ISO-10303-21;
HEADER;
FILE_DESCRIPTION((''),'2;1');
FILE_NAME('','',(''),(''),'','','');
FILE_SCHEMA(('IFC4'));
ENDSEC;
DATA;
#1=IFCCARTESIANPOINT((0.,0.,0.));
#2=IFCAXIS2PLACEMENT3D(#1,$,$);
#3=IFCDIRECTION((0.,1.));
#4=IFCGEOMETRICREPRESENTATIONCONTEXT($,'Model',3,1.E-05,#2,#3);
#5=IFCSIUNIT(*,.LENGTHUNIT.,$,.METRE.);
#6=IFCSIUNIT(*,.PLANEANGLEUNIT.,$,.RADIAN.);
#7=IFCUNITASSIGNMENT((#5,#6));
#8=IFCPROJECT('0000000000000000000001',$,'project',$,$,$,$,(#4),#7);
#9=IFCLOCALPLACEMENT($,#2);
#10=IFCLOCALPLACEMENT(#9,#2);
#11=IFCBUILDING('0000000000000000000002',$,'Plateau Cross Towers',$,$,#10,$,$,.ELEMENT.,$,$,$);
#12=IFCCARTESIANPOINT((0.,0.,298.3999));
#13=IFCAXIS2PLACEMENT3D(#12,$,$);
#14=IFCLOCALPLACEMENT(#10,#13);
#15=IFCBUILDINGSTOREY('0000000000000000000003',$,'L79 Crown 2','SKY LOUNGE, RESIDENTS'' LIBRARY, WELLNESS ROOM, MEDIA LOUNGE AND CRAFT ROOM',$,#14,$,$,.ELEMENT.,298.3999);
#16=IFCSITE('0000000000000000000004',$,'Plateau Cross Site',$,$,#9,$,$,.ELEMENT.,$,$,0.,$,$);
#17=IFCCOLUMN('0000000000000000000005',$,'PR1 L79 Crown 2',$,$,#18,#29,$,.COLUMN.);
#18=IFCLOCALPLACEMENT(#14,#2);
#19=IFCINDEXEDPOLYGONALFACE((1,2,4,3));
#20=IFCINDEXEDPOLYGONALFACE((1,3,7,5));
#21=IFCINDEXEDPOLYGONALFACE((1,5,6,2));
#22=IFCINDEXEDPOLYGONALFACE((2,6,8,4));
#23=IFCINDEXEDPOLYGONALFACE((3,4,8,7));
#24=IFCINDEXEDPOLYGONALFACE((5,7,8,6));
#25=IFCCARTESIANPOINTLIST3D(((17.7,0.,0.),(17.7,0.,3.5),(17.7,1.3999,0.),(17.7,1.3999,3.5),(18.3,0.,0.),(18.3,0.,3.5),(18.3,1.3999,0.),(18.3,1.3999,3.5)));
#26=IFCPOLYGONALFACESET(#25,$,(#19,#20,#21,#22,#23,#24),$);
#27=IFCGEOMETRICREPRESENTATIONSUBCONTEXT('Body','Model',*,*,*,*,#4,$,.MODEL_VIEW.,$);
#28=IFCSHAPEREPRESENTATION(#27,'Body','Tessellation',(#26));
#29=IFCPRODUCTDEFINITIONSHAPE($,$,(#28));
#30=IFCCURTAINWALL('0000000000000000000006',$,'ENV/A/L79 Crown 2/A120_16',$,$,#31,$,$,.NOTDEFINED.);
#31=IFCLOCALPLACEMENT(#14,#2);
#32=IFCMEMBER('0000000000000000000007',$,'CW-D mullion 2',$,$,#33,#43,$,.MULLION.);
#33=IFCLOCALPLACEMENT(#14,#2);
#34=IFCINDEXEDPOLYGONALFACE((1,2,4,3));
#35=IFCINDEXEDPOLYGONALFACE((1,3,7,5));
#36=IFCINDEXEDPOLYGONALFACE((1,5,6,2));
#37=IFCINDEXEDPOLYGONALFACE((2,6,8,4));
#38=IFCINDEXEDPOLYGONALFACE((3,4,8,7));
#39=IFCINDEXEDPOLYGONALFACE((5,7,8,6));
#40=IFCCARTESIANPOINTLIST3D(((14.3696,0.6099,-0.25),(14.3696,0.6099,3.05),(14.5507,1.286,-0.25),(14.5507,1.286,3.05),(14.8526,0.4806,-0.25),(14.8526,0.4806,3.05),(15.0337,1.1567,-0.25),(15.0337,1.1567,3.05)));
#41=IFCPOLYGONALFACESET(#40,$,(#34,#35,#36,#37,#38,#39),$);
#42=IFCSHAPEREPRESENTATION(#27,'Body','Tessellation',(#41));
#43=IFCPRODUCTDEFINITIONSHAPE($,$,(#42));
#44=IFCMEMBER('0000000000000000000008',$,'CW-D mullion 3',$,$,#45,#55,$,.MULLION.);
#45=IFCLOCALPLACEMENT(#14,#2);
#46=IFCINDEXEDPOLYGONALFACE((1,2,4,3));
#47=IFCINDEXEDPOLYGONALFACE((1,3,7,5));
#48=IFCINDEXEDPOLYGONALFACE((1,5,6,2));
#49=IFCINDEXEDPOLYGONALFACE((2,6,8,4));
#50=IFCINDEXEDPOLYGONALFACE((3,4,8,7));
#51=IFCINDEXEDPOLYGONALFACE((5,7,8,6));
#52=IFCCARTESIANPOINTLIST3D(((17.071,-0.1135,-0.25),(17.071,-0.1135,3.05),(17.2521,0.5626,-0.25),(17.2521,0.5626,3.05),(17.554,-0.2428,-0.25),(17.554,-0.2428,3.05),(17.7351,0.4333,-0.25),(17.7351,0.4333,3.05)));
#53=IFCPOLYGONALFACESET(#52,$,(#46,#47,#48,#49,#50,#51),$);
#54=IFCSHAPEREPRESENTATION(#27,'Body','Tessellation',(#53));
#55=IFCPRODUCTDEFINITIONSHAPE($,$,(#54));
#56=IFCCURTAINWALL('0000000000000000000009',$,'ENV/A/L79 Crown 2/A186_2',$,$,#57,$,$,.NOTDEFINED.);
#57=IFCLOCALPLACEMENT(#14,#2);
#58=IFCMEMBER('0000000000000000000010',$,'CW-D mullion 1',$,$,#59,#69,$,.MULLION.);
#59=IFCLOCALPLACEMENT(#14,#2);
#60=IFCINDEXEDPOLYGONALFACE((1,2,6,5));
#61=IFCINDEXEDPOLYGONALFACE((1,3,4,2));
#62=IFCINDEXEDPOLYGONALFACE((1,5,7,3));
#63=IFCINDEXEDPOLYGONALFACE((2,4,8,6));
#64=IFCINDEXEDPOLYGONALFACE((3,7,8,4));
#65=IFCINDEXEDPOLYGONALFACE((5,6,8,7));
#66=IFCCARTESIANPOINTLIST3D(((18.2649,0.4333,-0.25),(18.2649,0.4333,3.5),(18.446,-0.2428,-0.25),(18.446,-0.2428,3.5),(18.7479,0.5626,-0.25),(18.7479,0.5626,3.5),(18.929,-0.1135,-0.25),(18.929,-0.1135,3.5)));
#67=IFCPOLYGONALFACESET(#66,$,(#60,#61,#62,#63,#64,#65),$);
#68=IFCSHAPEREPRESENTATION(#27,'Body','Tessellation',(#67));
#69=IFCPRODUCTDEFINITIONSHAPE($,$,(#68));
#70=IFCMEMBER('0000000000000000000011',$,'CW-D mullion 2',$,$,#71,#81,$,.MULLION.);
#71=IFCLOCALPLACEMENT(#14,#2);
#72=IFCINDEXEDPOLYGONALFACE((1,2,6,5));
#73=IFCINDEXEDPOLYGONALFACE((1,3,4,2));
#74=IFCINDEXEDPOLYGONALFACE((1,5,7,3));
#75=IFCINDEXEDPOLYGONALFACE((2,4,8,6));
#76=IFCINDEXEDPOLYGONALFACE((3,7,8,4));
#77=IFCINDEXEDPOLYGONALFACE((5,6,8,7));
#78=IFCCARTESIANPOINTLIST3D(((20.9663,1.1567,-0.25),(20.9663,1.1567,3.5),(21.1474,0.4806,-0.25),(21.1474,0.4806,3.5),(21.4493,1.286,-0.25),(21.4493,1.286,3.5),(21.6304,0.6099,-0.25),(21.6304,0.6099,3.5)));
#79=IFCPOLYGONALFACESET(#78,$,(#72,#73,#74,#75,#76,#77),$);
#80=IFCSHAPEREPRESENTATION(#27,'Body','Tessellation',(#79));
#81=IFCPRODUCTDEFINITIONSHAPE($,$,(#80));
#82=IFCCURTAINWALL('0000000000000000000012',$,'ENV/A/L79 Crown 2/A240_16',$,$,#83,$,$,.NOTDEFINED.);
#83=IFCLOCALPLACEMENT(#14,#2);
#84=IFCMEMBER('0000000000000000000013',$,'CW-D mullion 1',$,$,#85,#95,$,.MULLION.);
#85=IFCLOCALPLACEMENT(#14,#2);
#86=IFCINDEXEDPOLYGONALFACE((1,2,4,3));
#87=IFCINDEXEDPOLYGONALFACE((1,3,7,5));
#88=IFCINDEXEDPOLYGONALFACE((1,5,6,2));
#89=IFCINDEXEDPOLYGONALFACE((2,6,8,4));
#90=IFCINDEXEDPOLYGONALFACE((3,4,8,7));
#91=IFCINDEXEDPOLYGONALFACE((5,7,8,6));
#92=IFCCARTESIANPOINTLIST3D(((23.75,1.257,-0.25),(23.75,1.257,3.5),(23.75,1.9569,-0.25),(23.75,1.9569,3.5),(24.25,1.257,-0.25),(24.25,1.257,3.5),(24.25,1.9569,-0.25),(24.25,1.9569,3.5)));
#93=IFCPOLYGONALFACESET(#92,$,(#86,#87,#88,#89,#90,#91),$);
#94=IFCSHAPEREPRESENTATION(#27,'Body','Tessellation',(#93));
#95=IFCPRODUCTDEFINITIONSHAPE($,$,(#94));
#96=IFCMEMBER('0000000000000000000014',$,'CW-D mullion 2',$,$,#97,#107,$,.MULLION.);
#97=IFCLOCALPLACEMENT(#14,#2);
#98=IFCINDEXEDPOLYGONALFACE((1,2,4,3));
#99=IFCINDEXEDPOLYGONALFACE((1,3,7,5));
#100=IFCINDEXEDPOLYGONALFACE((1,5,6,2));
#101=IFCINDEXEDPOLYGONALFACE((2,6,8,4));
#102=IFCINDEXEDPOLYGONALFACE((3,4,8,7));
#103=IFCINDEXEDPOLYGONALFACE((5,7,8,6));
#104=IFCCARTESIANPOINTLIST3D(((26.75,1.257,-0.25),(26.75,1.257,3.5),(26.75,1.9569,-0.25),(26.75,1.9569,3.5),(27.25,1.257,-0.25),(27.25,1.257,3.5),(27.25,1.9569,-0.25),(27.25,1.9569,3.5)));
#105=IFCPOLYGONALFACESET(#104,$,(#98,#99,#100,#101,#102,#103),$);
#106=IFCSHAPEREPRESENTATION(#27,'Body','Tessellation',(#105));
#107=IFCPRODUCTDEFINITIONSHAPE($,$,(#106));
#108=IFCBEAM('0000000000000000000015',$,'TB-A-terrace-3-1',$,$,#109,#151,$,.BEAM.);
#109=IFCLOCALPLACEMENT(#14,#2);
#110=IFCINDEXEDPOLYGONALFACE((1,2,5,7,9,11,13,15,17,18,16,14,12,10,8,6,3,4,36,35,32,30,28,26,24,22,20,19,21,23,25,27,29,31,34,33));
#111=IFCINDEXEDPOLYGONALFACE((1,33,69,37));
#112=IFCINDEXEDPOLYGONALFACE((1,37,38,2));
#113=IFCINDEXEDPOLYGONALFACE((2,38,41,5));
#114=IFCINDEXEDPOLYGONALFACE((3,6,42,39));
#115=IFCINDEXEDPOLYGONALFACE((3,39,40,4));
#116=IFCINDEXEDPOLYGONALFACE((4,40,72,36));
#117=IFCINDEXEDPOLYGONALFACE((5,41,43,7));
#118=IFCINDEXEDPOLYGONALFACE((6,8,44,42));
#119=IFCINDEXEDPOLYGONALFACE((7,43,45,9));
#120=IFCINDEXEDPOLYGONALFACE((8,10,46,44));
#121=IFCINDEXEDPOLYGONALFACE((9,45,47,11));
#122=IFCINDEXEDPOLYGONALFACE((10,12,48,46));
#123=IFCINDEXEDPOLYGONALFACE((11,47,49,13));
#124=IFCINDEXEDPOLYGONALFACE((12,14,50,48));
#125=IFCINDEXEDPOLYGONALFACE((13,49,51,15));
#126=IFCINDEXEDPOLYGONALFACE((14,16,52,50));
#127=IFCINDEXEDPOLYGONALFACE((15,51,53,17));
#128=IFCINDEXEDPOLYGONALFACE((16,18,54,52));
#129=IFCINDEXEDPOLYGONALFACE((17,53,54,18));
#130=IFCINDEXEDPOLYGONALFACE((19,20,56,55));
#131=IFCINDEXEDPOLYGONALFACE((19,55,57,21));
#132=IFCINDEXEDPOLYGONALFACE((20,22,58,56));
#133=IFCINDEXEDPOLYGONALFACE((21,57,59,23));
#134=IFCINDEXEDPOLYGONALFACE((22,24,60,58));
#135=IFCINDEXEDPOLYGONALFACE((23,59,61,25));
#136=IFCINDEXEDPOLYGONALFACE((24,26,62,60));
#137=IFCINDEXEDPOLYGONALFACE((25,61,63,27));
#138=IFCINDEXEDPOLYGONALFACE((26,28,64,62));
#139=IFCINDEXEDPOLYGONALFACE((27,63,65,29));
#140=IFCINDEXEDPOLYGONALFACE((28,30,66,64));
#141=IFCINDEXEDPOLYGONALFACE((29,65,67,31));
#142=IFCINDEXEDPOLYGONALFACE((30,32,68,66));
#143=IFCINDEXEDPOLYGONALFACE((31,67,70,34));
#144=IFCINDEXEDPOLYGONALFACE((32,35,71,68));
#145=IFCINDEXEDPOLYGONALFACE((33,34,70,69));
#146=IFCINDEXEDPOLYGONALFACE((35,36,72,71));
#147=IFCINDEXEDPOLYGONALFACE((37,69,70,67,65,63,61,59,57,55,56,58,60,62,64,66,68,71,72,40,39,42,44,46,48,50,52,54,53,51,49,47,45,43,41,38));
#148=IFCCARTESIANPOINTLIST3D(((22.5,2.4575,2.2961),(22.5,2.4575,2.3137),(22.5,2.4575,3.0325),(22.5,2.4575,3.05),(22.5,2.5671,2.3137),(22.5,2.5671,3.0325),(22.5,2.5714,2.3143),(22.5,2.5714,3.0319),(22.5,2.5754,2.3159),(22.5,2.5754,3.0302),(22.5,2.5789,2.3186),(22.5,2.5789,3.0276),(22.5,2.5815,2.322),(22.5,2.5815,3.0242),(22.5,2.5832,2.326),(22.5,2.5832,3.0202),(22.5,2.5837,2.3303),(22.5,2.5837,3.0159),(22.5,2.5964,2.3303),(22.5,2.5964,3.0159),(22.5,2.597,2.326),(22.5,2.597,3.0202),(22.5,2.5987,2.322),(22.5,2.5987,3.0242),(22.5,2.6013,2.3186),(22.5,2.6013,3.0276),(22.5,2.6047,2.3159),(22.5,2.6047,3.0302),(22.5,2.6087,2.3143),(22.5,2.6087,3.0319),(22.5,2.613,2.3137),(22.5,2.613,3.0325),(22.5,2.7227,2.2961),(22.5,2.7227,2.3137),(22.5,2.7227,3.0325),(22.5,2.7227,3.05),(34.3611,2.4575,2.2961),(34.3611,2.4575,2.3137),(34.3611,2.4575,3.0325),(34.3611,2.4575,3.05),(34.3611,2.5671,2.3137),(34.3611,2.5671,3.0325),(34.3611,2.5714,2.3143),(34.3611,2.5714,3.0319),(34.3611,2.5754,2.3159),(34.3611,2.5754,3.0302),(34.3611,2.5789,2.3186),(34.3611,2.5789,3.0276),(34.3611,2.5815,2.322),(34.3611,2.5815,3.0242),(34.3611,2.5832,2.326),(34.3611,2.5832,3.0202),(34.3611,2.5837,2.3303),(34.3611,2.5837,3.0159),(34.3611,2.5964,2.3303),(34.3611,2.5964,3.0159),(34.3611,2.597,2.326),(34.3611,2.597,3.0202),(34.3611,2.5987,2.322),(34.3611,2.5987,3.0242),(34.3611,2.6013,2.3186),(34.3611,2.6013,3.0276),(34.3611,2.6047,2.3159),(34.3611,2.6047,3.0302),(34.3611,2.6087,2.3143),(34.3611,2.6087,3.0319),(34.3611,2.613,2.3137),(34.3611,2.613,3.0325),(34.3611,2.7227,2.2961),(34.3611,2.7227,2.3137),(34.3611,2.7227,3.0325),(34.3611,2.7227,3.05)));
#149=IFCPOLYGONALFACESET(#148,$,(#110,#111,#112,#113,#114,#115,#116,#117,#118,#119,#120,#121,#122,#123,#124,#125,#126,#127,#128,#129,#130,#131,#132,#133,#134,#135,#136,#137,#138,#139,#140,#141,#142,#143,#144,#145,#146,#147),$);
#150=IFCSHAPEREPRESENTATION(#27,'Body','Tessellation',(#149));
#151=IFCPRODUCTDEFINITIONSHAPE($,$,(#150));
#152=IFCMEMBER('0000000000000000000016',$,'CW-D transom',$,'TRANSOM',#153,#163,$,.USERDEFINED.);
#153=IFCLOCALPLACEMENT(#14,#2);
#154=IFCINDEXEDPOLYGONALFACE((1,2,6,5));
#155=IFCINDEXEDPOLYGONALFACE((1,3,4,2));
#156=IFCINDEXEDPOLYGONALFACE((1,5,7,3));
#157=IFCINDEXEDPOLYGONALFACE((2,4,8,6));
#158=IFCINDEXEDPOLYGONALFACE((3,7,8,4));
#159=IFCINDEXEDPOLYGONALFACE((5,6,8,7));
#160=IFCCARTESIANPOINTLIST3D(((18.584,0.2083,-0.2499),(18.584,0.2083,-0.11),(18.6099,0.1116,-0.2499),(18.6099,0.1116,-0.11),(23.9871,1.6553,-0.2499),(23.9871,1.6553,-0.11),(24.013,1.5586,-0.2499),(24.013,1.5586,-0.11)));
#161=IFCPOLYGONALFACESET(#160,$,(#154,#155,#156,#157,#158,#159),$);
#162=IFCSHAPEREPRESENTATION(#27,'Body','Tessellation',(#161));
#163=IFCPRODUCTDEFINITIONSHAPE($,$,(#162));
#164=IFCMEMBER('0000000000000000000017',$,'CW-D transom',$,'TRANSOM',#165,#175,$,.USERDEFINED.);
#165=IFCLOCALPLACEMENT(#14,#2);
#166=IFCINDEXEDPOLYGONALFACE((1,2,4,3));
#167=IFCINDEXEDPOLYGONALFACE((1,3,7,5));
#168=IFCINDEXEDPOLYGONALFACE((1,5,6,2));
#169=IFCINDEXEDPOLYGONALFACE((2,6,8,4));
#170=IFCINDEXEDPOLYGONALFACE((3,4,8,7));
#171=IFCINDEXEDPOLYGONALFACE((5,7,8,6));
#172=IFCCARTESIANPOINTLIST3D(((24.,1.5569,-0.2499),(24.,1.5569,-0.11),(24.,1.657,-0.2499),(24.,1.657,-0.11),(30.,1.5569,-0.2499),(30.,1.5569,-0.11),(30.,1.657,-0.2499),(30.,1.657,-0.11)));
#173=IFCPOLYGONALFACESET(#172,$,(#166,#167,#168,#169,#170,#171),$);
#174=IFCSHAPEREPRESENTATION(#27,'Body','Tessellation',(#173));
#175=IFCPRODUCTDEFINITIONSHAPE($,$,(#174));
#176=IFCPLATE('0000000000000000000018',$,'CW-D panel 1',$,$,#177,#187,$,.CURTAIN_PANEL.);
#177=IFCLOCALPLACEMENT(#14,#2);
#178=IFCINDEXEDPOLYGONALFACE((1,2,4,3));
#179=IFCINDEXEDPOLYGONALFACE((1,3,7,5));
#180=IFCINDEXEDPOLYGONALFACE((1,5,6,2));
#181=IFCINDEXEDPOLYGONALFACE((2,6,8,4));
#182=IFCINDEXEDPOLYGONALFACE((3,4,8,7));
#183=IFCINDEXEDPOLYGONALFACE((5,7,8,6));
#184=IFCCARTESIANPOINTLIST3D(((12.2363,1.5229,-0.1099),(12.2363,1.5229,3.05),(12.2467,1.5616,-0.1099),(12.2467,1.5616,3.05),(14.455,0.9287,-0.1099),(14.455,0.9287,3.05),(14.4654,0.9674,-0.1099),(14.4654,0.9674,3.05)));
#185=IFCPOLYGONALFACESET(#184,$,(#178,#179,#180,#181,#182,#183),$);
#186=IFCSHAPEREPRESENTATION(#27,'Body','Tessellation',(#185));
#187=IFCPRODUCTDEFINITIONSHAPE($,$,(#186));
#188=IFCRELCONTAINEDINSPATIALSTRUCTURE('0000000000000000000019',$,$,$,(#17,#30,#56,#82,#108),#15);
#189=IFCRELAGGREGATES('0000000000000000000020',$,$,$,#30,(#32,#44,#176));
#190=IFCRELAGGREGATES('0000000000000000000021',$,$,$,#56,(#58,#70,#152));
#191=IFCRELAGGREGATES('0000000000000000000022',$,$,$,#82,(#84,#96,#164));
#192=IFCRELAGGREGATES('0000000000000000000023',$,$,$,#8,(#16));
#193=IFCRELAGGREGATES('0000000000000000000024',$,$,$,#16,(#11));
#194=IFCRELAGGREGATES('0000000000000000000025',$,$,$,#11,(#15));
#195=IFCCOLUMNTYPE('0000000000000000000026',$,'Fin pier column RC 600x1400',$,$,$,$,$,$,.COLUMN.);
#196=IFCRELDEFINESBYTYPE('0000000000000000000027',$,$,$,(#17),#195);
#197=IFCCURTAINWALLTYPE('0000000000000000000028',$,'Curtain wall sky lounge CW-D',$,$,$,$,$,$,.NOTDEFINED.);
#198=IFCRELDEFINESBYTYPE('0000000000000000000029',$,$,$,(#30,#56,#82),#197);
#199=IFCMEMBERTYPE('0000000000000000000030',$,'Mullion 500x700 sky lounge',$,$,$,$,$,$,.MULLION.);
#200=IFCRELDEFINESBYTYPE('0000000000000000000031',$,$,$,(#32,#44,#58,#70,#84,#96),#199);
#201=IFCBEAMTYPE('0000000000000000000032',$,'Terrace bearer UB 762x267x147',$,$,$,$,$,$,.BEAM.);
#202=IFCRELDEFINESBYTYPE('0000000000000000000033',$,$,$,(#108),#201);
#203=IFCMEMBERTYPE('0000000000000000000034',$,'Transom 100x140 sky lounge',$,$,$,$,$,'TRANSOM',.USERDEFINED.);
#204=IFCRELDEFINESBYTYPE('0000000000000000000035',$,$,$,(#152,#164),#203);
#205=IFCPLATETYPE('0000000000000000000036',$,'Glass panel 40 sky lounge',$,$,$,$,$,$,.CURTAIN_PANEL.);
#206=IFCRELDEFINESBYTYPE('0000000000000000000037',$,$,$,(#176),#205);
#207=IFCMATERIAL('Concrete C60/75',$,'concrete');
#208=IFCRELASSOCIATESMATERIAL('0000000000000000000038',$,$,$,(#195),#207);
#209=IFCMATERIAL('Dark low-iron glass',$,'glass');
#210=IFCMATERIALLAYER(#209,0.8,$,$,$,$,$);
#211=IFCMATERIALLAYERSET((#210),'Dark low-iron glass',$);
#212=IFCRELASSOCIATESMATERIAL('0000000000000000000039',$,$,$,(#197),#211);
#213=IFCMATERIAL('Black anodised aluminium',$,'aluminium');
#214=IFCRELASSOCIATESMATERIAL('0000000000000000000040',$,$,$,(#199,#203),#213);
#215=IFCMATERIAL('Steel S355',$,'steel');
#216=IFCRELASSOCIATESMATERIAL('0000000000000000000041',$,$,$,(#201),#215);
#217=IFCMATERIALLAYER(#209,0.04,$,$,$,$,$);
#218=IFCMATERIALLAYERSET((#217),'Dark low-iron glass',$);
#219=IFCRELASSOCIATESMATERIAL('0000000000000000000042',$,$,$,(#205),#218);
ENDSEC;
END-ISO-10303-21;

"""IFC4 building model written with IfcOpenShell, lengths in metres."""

from ifc_helpers import new_model, si_unit, direction, frame, origin, origin_2d, place, context, subcontext, project, spatial, rectangle, i_section, extrude, material, layer, layer_set, material_profile, profile_set, type_object, element, aggregate, save


model = new_model("IFC4")

# Units and contexts
model_context = context("Model", 3, precision=1e-05, world=origin(), true_north=direction((0.0, 1.0)))
body_context = subcontext(model_context, "Body", "Model", "MODEL_VIEW")
ifc_project = project(units=[si_unit("LENGTHUNIT", "METRE"), si_unit("PLANEANGLEUNIT", "RADIAN")], contexts=[model_context])

# Site, building, storey
site_placement = place(None, origin())
site = spatial("IfcSite", under=ifc_project, at=site_placement, Name="Plateau Cross Site", CompositionType="ELEMENT", RefElevation=0.0)
building_placement = place(site_placement, origin())
building = spatial("IfcBuilding", under=site, at=building_placement, Name="Plateau Cross Towers", CompositionType="ELEMENT")
storey_placement = place(building_placement, frame((0.0, 0.0, 298.3999)))
storey = spatial("IfcBuildingStorey", under=building, at=storey_placement, Name="L79 Crown 2", Description="SKY LOUNGE, RESIDENTS' LIBRARY, WELLNESS ROOM, MEDIA LOUNGE AND CRAFT ROOM", CompositionType="ELEMENT", Elevation=298.3999)

# Column
ifc_material_1 = material(Name="Concrete C60/75", Category="concrete")
ifc_material_profile_1 = material_profile(ifc_material_1, rectangle(XDim=0.6001, YDim=1.3999, at=origin_2d()), Name="RC 600x1400")
ifc_profile_set_1 = profile_set([ifc_material_profile_1], Name="Concrete C60/75")
column_type = type_object("IfcColumnType", Name="Fin pier column RC 600x1400", PredefinedType="COLUMN", material=ifc_profile_set_1)
column_placement = place(storey_placement, frame((18.0, 0.7, 0.0), z_axis=(0.0, 0.0, 1.0), x_axis=(1.0, 0.0, 0.0)))
element("IfcColumn", 1, at=column_placement, inside=storey, type_object=column_type, Name="PR1 L79 Crown 2", PredefinedType="COLUMN", context=body_context, shape_type="SweptSolid", body=[
    extrude(rectangle(XDim=0.6001, YDim=1.3999, at=origin_2d()), origin(), (0.0, 0.0, 1.0), 3.5),
])

# Curtain walls, members
ifc_material_2 = material(Name="Dark low-iron glass", Category="glass")
ifc_layer_1 = layer(ifc_material_2, 0.8)
ifc_layer_set_1 = layer_set([ifc_layer_1], Name="Dark low-iron glass")
curtain_wall_type = type_object("IfcCurtainWallType", Name="Curtain wall sky lounge CW-D", PredefinedType="NOTDEFINED", material=ifc_layer_set_1)
curtain_wall_1_placement = place(storey_placement, origin())
curtain_wall_1 = element("IfcCurtainWall", 2, at=curtain_wall_1_placement, inside=storey, type_object=curtain_wall_type, Name="ENV/A/L79 Crown 2/A120_16", PredefinedType="NOTDEFINED")
ifc_material_3 = material(Name="Black anodised aluminium", Category="aluminium")
ifc_material_profile_2 = material_profile(ifc_material_3, rectangle(XDim=0.5, YDim=0.7, at=origin_2d()), Name="MULLION 500x700")
ifc_profile_set_2 = profile_set([ifc_material_profile_2], Name="Black anodised aluminium")
member_type_1 = type_object("IfcMemberType", Name="Mullion 500x700 sky lounge", PredefinedType="MULLION", material=ifc_profile_set_2)
member_1_placement = place(storey_placement, frame((14.7017, 0.8833, -0.25), z_axis=(0.0, 0.0, 1.0), x_axis=(0.965958, -0.258699, 0.0)))
member_1 = element("IfcMember", 3, at=member_1_placement, type_object=member_type_1, Name="CW-D mullion 2", PredefinedType="MULLION", context=body_context, shape_type="SweptSolid", body=[
    extrude(rectangle(XDim=0.5, YDim=0.7, at=origin_2d()), origin(), (0.0, 0.0, 1.0), 3.3),
])
member_2_placement = place(storey_placement, frame((17.4031, 0.1599, -0.25), z_axis=(0.0, 0.0, 1.0), x_axis=(0.965958, -0.258699, 0.0)))
member_2 = element("IfcMember", 4, at=member_2_placement, type_object=member_type_1, Name="CW-D mullion 3", PredefinedType="MULLION", context=body_context, shape_type="SweptSolid", body=[
    extrude(rectangle(XDim=0.5, YDim=0.7, at=origin_2d()), origin(), (0.0, 0.0, 1.0), 3.3),
])
curtain_wall_2_placement = place(storey_placement, origin())
curtain_wall_2 = element("IfcCurtainWall", 5, at=curtain_wall_2_placement, inside=storey, type_object=curtain_wall_type, Name="ENV/A/L79 Crown 2/A186_2", PredefinedType="NOTDEFINED")
member_3_placement = place(storey_placement, frame((18.5969, 0.1599, -0.25), z_axis=(0.0, 0.0, 1.0), x_axis=(0.965958, 0.258699, 0.0)))
member_3 = element("IfcMember", 6, at=member_3_placement, type_object=member_type_1, Name="CW-D mullion 1", PredefinedType="MULLION", context=body_context, shape_type="SweptSolid", body=[
    extrude(rectangle(XDim=0.5, YDim=0.7, at=origin_2d()), origin(), (0.0, 0.0, 1.0), 3.75),
])
member_4_placement = place(storey_placement, frame((21.2983, 0.8833, -0.25), z_axis=(0.0, 0.0, 1.0), x_axis=(0.965958, 0.258699, 0.0)))
member_4 = element("IfcMember", 7, at=member_4_placement, type_object=member_type_1, Name="CW-D mullion 2", PredefinedType="MULLION", context=body_context, shape_type="SweptSolid", body=[
    extrude(rectangle(XDim=0.5, YDim=0.7, at=origin_2d()), origin(), (0.0, 0.0, 1.0), 3.75),
])
curtain_wall_3_placement = place(storey_placement, origin())
curtain_wall_3 = element("IfcCurtainWall", 8, at=curtain_wall_3_placement, inside=storey, type_object=curtain_wall_type, Name="ENV/A/L79 Crown 2/A240_16", PredefinedType="NOTDEFINED")
member_5_placement = place(storey_placement, frame((24.0, 1.6069, -0.25), z_axis=(0.0, 0.0, 1.0), x_axis=(1.0, 0.0, 0.0)))
member_5 = element("IfcMember", 9, at=member_5_placement, type_object=member_type_1, Name="CW-D mullion 1", PredefinedType="MULLION", context=body_context, shape_type="SweptSolid", body=[
    extrude(rectangle(XDim=0.5, YDim=0.7, at=origin_2d()), origin(), (0.0, 0.0, 1.0), 3.75),
])
member_6_placement = place(storey_placement, frame((27.0, 1.6069, -0.25), z_axis=(0.0, 0.0, 1.0), x_axis=(1.0, 0.0, 0.0)))
member_6 = element("IfcMember", 10, at=member_6_placement, type_object=member_type_1, Name="CW-D mullion 2", PredefinedType="MULLION", context=body_context, shape_type="SweptSolid", body=[
    extrude(rectangle(XDim=0.5, YDim=0.7, at=origin_2d()), origin(), (0.0, 0.0, 1.0), 3.75),
])

# Beam
ifc_material_4 = material(Name="Steel S355", Category="steel")
ifc_material_profile_3 = material_profile(ifc_material_4, i_section(OverallWidth=0.2651, OverallDepth=0.7539, WebThickness=0.0127, FlangeThickness=0.0176, FilletRadius=0.0166, at=origin_2d()), Name="UB 762x267x147")
ifc_profile_set_3 = profile_set([ifc_material_profile_3], Name="Steel S355")
beam_type = type_object("IfcBeamType", Name="Terrace bearer UB 762x267x147", PredefinedType="BEAM", material=ifc_profile_set_3)
beam_placement = place(storey_placement, frame((22.5, 2.5901, 2.6731), z_axis=(1.0, 0.0, 0.0), x_axis=(0.0, 1.0, 0.0)))
element("IfcBeam", 11, at=beam_placement, inside=storey, type_object=beam_type, Name="TB-A-terrace-3-1", PredefinedType="BEAM", context=body_context, shape_type="SweptSolid", body=[
    extrude(i_section(OverallWidth=0.2651, OverallDepth=0.7539, WebThickness=0.0127, FlangeThickness=0.0176, FilletRadius=0.0166, at=origin_2d()), origin(), (0.0, 0.0, 1.0), 11.8611),
])

# Members
ifc_material_profile_4 = material_profile(ifc_material_3, rectangle(XDim=0.1001, YDim=0.1399, at=origin_2d()), Name="TRANSOM 100x140")
ifc_profile_set_4 = profile_set([ifc_material_profile_4], Name="Black anodised aluminium")
member_type_2 = type_object("IfcMemberType", Name="Transom 100x140 sky lounge", ElementType="TRANSOM", PredefinedType="USERDEFINED", material=ifc_profile_set_4)
member_7_placement = place(storey_placement, frame((18.5969, 0.1599, -0.1799), z_axis=(0.965958, 0.258698, 0.0), x_axis=(-0.258698, 0.965958, 0.0)))
member_7 = element("IfcMember", 12, at=member_7_placement, type_object=member_type_2, Name="CW-D transom", ObjectType="TRANSOM", PredefinedType="USERDEFINED", context=body_context, shape_type="SweptSolid", body=[
    extrude(rectangle(XDim=0.1001, YDim=0.1399, at=origin_2d()), origin(), (0.0, 0.0, 1.0), 5.5935),
])
member_8_placement = place(storey_placement, frame((24.0, 1.6069, -0.1799), z_axis=(1.0, 0.0, 0.0), x_axis=(0.0, 1.0, 0.0)))
member_8 = element("IfcMember", 13, at=member_8_placement, type_object=member_type_2, Name="CW-D transom", ObjectType="TRANSOM", PredefinedType="USERDEFINED", context=body_context, shape_type="SweptSolid", body=[
    extrude(rectangle(XDim=0.1001, YDim=0.1399, at=origin_2d()), origin(), (0.0, 0.0, 1.0), 6.0),
])

# Plate
ifc_layer_2 = layer(ifc_material_2, 0.04)
ifc_layer_set_2 = layer_set([ifc_layer_2], Name="Dark low-iron glass")
plate_type = type_object("IfcPlateType", Name="Glass panel 40 sky lounge", PredefinedType="CURTAIN_PANEL", material=ifc_layer_set_2)
plate_1_placement = place(storey_placement, frame((13.3508, 1.2451, -0.1099), z_axis=(0.0, 0.0, 1.0), x_axis=(0.965958, -0.258699, 0.0)))
plate_1 = element("IfcPlate", 14, at=plate_1_placement, type_object=plate_type, Name="CW-D panel 1", PredefinedType="CURTAIN_PANEL", context=body_context, shape_type="SweptSolid", body=[
    extrude(rectangle(XDim=2.2969, YDim=0.04, at=origin_2d()), origin(), (0.0, 0.0, 1.0), 3.1599),
])
aggregate(curtain_wall_1, [member_1, member_2, plate_1])
aggregate(curtain_wall_2, [member_3, member_4, member_7])
aggregate(curtain_wall_3, [member_5, member_6, member_8])

save(model, "model.ifc")
